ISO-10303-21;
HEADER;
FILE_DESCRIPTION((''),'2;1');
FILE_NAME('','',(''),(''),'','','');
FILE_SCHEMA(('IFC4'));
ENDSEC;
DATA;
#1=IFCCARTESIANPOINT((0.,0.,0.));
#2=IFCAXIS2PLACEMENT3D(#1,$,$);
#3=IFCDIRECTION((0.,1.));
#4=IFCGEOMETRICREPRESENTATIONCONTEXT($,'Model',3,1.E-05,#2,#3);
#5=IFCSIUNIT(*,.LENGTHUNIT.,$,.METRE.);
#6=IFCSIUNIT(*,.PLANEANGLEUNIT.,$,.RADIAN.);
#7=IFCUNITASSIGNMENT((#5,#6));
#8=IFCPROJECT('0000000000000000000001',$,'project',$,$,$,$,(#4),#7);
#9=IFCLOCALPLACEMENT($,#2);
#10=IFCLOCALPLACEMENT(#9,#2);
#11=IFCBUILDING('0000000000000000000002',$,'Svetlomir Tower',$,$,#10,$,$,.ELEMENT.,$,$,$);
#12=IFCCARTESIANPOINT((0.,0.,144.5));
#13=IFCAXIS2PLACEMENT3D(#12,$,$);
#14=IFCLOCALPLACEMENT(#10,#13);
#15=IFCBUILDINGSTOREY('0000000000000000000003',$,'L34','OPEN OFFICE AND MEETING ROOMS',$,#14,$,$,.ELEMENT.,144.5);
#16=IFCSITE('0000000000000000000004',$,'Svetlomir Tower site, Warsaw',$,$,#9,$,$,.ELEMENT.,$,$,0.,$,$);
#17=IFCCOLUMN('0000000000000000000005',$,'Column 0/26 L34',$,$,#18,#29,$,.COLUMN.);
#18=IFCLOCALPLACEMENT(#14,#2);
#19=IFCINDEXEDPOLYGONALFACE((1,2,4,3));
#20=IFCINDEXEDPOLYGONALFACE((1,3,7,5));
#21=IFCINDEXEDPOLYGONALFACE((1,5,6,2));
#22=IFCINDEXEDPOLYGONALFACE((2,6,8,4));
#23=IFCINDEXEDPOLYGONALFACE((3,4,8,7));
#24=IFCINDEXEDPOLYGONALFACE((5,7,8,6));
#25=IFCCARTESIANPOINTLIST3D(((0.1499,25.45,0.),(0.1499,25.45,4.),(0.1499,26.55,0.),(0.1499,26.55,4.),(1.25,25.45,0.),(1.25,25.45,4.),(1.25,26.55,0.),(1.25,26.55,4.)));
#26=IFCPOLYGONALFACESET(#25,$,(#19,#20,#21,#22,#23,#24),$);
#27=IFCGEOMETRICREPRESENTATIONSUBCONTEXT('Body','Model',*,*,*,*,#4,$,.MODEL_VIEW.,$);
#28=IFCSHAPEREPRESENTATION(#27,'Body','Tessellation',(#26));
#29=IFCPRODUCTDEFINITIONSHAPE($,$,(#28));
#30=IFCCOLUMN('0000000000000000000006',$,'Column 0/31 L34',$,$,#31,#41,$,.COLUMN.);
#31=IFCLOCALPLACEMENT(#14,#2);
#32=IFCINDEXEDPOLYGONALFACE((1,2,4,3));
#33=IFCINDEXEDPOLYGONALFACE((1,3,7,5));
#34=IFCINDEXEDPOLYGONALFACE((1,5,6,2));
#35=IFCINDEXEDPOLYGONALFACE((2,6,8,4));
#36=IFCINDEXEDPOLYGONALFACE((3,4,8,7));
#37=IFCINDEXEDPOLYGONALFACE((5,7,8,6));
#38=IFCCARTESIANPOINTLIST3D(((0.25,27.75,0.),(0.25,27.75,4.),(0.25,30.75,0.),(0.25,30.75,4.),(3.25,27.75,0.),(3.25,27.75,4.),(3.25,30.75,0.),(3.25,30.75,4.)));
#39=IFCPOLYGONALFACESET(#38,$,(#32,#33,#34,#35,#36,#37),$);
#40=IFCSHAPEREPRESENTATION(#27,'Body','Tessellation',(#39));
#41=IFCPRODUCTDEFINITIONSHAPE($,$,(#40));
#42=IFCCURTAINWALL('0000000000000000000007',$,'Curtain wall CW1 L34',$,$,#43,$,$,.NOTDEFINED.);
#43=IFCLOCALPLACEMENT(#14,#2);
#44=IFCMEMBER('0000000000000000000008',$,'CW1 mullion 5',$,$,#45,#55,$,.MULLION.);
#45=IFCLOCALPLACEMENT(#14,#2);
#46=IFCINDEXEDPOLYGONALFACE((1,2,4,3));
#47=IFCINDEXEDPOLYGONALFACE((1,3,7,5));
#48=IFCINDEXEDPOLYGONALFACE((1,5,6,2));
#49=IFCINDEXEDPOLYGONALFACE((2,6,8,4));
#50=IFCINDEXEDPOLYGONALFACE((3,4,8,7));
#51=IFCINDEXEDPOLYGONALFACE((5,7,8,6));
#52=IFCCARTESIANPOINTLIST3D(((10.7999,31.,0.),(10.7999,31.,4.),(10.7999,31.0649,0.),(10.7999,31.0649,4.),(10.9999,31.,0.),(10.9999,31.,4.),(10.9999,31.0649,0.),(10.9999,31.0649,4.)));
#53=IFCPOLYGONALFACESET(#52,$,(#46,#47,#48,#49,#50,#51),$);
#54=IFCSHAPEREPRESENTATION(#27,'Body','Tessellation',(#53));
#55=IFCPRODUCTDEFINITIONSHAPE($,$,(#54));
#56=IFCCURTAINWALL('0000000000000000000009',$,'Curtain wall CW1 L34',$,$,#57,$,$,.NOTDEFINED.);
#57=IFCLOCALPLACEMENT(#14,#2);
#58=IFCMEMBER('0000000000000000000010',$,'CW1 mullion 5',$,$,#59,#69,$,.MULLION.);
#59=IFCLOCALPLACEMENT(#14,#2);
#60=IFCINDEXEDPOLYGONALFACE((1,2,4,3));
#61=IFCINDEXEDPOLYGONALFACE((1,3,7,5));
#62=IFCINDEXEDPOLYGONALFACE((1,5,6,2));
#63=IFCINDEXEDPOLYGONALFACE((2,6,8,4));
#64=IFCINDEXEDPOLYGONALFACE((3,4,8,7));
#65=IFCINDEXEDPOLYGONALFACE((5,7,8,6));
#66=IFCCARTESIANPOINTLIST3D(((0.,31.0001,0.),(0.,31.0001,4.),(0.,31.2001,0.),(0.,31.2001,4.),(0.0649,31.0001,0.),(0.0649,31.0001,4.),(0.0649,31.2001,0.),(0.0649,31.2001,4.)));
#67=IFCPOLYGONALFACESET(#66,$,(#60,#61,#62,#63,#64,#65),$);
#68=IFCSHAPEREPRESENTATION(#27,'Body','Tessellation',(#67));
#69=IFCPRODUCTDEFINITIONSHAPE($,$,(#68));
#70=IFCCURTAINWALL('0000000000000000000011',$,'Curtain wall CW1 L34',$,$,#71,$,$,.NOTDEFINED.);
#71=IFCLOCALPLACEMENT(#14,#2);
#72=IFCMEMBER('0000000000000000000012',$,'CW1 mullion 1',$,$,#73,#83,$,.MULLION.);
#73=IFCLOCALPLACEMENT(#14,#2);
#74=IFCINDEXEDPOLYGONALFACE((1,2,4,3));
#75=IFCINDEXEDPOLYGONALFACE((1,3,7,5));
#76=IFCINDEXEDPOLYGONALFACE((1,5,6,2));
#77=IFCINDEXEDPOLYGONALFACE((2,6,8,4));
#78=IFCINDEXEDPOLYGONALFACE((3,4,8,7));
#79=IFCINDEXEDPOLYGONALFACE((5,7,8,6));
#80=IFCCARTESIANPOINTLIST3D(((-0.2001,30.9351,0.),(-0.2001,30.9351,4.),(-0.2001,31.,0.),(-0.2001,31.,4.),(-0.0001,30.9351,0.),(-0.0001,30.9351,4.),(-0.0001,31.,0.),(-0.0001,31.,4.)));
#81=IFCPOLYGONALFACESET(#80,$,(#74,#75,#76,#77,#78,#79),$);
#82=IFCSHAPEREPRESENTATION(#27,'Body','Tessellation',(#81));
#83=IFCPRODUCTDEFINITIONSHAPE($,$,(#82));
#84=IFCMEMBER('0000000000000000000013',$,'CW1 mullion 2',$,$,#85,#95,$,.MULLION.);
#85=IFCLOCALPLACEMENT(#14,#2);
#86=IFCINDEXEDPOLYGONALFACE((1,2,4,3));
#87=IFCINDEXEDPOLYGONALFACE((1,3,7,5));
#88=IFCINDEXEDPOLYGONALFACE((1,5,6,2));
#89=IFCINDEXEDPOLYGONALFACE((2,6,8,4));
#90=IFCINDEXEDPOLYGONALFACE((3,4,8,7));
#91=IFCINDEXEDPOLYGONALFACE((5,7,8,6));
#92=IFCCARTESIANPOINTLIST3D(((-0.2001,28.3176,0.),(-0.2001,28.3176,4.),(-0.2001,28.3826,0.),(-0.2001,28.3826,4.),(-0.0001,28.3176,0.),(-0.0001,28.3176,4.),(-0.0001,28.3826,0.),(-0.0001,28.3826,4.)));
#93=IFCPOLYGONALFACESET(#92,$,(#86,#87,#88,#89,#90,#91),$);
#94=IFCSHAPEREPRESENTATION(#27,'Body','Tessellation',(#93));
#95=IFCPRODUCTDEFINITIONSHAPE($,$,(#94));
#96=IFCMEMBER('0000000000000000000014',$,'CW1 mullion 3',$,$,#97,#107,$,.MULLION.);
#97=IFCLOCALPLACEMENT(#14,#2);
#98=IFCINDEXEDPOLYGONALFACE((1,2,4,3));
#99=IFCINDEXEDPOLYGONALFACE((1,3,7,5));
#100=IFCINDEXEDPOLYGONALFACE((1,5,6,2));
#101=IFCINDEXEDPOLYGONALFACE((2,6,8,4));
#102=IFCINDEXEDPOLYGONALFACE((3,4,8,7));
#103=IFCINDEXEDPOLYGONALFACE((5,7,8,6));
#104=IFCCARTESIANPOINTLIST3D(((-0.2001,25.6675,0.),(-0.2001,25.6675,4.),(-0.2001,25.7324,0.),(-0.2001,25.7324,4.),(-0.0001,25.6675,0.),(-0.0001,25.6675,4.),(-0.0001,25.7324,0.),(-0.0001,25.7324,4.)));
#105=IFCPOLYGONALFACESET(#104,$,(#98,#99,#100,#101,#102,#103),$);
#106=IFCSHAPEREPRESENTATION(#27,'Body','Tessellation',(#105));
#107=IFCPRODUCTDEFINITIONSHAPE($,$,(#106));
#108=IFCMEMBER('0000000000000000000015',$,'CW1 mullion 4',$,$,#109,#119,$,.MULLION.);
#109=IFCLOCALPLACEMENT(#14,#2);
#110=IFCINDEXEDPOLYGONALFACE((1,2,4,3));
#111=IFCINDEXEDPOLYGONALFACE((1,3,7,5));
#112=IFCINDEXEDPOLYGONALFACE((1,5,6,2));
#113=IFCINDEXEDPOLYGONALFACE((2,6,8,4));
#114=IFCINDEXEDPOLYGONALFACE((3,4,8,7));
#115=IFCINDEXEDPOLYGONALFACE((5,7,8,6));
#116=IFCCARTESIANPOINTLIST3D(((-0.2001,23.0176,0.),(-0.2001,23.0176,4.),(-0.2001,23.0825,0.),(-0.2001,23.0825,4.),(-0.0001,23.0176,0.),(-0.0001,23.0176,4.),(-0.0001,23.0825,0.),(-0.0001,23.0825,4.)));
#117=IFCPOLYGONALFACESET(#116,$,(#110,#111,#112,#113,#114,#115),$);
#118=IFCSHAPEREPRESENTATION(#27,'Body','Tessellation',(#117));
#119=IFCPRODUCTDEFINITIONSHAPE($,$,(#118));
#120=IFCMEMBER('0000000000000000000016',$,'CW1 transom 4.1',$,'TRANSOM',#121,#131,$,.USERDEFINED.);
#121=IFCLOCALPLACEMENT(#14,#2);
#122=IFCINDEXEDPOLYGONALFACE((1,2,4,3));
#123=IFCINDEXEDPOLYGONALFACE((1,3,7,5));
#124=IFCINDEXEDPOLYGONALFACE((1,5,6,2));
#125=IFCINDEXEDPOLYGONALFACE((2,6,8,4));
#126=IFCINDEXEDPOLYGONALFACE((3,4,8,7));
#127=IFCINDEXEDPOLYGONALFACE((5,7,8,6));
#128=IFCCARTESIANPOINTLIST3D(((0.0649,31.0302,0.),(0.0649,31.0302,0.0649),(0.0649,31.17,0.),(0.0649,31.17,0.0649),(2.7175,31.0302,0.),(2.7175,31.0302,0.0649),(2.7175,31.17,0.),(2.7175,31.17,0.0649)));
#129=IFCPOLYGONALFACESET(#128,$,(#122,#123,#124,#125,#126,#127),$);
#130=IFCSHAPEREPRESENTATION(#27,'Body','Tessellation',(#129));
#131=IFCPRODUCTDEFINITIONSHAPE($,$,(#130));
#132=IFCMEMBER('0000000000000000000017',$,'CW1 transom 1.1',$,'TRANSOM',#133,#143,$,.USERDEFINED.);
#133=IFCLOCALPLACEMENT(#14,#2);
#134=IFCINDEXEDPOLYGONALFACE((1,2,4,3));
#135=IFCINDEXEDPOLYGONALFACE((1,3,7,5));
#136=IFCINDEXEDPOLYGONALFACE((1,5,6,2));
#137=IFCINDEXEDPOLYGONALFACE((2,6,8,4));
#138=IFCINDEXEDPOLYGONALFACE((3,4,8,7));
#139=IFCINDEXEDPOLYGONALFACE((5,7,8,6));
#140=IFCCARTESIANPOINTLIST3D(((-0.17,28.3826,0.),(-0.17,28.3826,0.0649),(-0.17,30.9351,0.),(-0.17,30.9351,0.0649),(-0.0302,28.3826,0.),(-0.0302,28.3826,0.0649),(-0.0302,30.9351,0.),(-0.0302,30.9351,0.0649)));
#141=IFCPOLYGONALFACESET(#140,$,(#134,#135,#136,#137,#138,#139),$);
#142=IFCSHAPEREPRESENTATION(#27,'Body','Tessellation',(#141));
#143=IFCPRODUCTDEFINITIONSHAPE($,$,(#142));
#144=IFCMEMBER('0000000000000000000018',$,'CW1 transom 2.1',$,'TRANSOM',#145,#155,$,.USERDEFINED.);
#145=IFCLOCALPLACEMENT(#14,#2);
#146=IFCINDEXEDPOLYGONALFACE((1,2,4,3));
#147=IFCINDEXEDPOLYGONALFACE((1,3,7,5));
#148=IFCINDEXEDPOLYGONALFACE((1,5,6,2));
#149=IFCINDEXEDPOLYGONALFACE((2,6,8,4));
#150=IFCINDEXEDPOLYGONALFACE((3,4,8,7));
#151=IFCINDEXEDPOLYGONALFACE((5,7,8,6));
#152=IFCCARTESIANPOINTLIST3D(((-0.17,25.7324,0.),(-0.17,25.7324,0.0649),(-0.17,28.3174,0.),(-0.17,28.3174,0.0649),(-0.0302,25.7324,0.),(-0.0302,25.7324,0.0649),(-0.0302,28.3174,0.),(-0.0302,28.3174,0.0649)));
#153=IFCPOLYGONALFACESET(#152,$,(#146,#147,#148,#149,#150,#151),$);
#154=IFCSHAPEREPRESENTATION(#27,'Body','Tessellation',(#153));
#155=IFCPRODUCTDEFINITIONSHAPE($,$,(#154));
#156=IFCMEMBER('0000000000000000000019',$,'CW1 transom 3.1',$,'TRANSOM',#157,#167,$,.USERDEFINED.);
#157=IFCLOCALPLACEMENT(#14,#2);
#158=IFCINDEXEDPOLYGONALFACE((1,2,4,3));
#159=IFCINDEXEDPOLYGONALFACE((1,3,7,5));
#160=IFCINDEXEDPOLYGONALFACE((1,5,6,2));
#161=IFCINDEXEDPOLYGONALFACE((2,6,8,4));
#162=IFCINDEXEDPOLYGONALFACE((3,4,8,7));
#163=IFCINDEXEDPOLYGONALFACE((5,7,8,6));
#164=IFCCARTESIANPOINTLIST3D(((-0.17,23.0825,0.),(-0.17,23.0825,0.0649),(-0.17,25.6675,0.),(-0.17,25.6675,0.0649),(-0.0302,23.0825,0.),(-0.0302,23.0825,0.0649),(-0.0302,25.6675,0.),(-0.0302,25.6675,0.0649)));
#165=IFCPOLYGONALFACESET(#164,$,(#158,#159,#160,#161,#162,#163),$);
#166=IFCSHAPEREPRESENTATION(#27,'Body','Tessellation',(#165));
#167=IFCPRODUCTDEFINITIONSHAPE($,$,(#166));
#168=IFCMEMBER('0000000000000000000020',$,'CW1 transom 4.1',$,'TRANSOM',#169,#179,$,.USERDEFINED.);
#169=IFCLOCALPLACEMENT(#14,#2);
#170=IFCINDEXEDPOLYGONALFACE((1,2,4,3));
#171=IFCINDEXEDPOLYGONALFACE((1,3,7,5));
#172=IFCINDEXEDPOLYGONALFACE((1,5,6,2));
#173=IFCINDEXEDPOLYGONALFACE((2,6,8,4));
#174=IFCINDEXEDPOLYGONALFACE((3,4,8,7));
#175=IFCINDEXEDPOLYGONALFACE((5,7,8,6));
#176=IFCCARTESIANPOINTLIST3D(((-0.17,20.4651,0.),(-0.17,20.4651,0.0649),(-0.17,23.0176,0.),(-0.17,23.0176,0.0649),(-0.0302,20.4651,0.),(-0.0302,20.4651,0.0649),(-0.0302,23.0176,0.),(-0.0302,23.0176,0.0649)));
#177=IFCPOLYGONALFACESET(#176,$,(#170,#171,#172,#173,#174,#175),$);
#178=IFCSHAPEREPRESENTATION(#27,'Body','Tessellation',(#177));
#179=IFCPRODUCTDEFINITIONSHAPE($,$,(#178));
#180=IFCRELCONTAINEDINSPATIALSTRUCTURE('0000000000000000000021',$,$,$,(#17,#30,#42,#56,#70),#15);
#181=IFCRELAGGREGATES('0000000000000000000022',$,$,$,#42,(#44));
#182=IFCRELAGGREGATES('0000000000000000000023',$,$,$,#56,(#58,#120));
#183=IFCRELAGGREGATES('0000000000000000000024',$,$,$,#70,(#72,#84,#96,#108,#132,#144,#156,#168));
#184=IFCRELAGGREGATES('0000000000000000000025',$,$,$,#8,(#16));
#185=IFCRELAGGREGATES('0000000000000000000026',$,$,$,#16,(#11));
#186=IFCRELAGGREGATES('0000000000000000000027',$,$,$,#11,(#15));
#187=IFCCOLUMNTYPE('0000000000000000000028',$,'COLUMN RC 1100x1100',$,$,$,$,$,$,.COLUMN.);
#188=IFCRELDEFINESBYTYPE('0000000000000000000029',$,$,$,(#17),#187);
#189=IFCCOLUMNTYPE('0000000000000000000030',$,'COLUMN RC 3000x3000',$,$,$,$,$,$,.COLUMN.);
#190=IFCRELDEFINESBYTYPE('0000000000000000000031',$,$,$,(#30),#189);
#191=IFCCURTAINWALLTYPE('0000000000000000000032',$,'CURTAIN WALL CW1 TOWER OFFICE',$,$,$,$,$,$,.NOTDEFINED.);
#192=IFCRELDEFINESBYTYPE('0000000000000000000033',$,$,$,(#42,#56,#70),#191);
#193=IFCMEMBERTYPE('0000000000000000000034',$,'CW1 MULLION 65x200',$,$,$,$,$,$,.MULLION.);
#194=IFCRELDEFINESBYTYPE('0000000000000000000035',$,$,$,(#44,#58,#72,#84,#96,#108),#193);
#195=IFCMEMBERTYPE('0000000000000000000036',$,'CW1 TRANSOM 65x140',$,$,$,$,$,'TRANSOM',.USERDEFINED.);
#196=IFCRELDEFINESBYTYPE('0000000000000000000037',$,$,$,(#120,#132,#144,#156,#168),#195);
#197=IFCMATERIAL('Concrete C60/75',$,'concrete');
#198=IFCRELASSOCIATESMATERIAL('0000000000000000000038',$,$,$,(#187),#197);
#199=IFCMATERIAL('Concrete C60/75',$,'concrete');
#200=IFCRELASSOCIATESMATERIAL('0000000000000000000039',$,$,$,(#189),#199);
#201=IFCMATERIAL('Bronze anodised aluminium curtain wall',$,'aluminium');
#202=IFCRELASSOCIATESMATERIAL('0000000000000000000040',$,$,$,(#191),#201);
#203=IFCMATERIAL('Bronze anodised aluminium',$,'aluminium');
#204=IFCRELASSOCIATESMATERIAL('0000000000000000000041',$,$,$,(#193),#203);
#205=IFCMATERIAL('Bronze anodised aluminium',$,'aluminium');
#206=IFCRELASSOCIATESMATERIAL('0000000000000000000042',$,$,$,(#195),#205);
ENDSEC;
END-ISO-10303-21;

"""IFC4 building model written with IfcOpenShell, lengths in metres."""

from ifc_helpers import new_model, si_unit, direction, frame, origin, origin_2d, place, context, subcontext, project, spatial, rectangle, extrude, material, material_profile, profile_set, type_object, element, aggregate, save


model = new_model("IFC4")

# Units and contexts
model_context = context("Model", 3, precision=1e-05, world=origin(), true_north=direction((0.0, 1.0)))
body_context = subcontext(model_context, "Body", "Model", "MODEL_VIEW")
ifc_project = project(units=[si_unit("LENGTHUNIT", "METRE"), si_unit("PLANEANGLEUNIT", "RADIAN")], contexts=[model_context])

# Site, building, storey
site_placement = place(None, origin())
site = spatial("IfcSite", under=ifc_project, at=site_placement, Name="Svetlomir Tower site, Warsaw", CompositionType="ELEMENT", RefElevation=0.0)
building_placement = place(site_placement, origin())
building = spatial("IfcBuilding", under=site, at=building_placement, Name="Svetlomir Tower", CompositionType="ELEMENT")
storey_placement = place(building_placement, frame((0.0, 0.0, 144.5)))
storey = spatial("IfcBuildingStorey", under=building, at=storey_placement, Name="L34", Description="OPEN OFFICE AND MEETING ROOMS", CompositionType="ELEMENT", Elevation=144.5)

# Columns
ifc_material_1 = material(Name="Concrete C60/75", Category="concrete")
ifc_material_profile_1 = material_profile(ifc_material_1, rectangle(XDim=1.1001, YDim=1.1001, at=origin_2d()), Name="RC 1100x1100")
ifc_profile_set_1 = profile_set([ifc_material_profile_1], Name="Concrete C60/75")
column_type_1 = type_object("IfcColumnType", Name="COLUMN RC 1100x1100", PredefinedType="COLUMN", material=ifc_profile_set_1)
column_1_placement = place(storey_placement, frame((0.7, 26.0, 0.0), z_axis=(0.0, 0.0, 1.0), x_axis=(1.0, 0.0, 0.0)))
element("IfcColumn", 1, at=column_1_placement, inside=storey, type_object=column_type_1, Name="Column 0/26 L34", PredefinedType="COLUMN", context=body_context, shape_type="SweptSolid", body=[
    extrude(rectangle(XDim=1.1001, YDim=1.1001, at=origin_2d()), origin(), (0.0, 0.0, 1.0), 4.0),
])
ifc_material_2 = material(Name="Concrete C60/75", Category="concrete")
ifc_material_profile_2 = material_profile(ifc_material_2, rectangle(XDim=3.0, YDim=3.0, at=origin_2d()), Name="RC 3000x3000")
ifc_profile_set_2 = profile_set([ifc_material_profile_2], Name="Concrete C60/75")
column_type_2 = type_object("IfcColumnType", Name="COLUMN RC 3000x3000", PredefinedType="COLUMN", material=ifc_profile_set_2)
column_2_placement = place(storey_placement, frame((1.75, 29.25, 0.0), z_axis=(0.0, 0.0, 1.0), x_axis=(1.0, 0.0, 0.0)))
element("IfcColumn", 2, at=column_2_placement, inside=storey, type_object=column_type_2, Name="Column 0/31 L34", PredefinedType="COLUMN", context=body_context, shape_type="SweptSolid", body=[
    extrude(rectangle(XDim=3.0, YDim=3.0, at=origin_2d()), origin(), (0.0, 0.0, 1.0), 4.0),
])

# Curtain walls, members
ifc_material_3 = material(Name="Bronze anodised aluminium curtain wall", Category="aluminium")
curtain_wall_type = type_object("IfcCurtainWallType", Name="CURTAIN WALL CW1 TOWER OFFICE", PredefinedType="NOTDEFINED", material=ifc_material_3)
curtain_wall_1_placement = place(storey_placement, origin())
curtain_wall_1 = element("IfcCurtainWall", 3, at=curtain_wall_1_placement, inside=storey, type_object=curtain_wall_type, Name="Curtain wall CW1 L34", PredefinedType="NOTDEFINED")
ifc_material_4 = material(Name="Bronze anodised aluminium", Category="aluminium")
ifc_material_profile_3 = material_profile(ifc_material_4, rectangle(XDim=0.0649, YDim=0.2, at=origin_2d()), Name="AL 65x200")
ifc_profile_set_3 = profile_set([ifc_material_profile_3], Name="Bronze anodised aluminium 6063-T6")
member_type_1 = type_object("IfcMemberType", Name="CW1 MULLION 65x200", PredefinedType="MULLION", material=ifc_profile_set_3)
member_1_placement = place(storey_placement, frame((10.8999, 31.0325, 0.0), z_axis=(0.0, 0.0, 1.0), x_axis=(0.0, -1.0, 0.0)))
member_1 = element("IfcMember", 4, at=member_1_placement, type_object=member_type_1, Name="CW1 mullion 5", PredefinedType="MULLION", context=body_context, shape_type="SweptSolid", body=[
    extrude(rectangle(XDim=0.0649, YDim=0.2, at=origin_2d()), origin(), (0.0, 0.0, 1.0), 4.0),
])
aggregate(curtain_wall_1, [member_1])
curtain_wall_2_placement = place(storey_placement, origin())
curtain_wall_2 = element("IfcCurtainWall", 5, at=curtain_wall_2_placement, inside=storey, type_object=curtain_wall_type, Name="Curtain wall CW1 L34", PredefinedType="NOTDEFINED")
member_2_placement = place(storey_placement, frame((0.0325, 31.1001, 0.0), z_axis=(0.0, 0.0, 1.0), x_axis=(-1.0, 0.0, 0.0)))
member_2 = element("IfcMember", 6, at=member_2_placement, type_object=member_type_1, Name="CW1 mullion 5", PredefinedType="MULLION", context=body_context, shape_type="SweptSolid", body=[
    extrude(rectangle(XDim=0.0649, YDim=0.2, at=origin_2d()), origin(), (0.0, 0.0, 1.0), 4.0),
])

# Curtain wall, members
curtain_wall_3_placement = place(storey_placement, origin())
curtain_wall_3 = element("IfcCurtainWall", 7, at=curtain_wall_3_placement, inside=storey, type_object=curtain_wall_type, Name="Curtain wall CW1 L34", PredefinedType="NOTDEFINED")
member_3_placement = place(storey_placement, frame((-0.1001, 30.9675, 0.0), z_axis=(0.0, 0.0, 1.0), x_axis=(0.0, -1.0, 0.0)))
member_3 = element("IfcMember", 8, at=member_3_placement, type_object=member_type_1, Name="CW1 mullion 1", PredefinedType="MULLION", context=body_context, shape_type="SweptSolid", body=[
    extrude(rectangle(XDim=0.0649, YDim=0.2, at=origin_2d()), origin(), (0.0, 0.0, 1.0), 4.0),
])
member_4_placement = place(storey_placement, frame((-0.1001, 28.3501, 0.0), z_axis=(0.0, 0.0, 1.0), x_axis=(0.0, -1.0, 0.0)))
member_4 = element("IfcMember", 9, at=member_4_placement, type_object=member_type_1, Name="CW1 mullion 2", PredefinedType="MULLION", context=body_context, shape_type="SweptSolid", body=[
    extrude(rectangle(XDim=0.0649, YDim=0.2, at=origin_2d()), origin(), (0.0, 0.0, 1.0), 4.0),
])
member_5_placement = place(storey_placement, frame((-0.1001, 25.7, 0.0), z_axis=(0.0, 0.0, 1.0), x_axis=(0.0, -1.0, 0.0)))
member_5 = element("IfcMember", 10, at=member_5_placement, type_object=member_type_1, Name="CW1 mullion 3", PredefinedType="MULLION", context=body_context, shape_type="SweptSolid", body=[
    extrude(rectangle(XDim=0.0649, YDim=0.2, at=origin_2d()), origin(), (0.0, 0.0, 1.0), 4.0),
])
member_6_placement = place(storey_placement, frame((-0.1001, 23.05, 0.0), z_axis=(0.0, 0.0, 1.0), x_axis=(0.0, -1.0, 0.0)))
member_6 = element("IfcMember", 11, at=member_6_placement, type_object=member_type_1, Name="CW1 mullion 4", PredefinedType="MULLION", context=body_context, shape_type="SweptSolid", body=[
    extrude(rectangle(XDim=0.0649, YDim=0.2, at=origin_2d()), origin(), (0.0, 0.0, 1.0), 4.0),
])

# Members
ifc_material_5 = material(Name="Bronze anodised aluminium", Category="aluminium")
ifc_material_profile_4 = material_profile(ifc_material_5, rectangle(XDim=0.1399, YDim=0.0649, at=origin_2d()), Name="AL 140x65")
ifc_profile_set_4 = profile_set([ifc_material_profile_4], Name="Bronze anodised aluminium 6063-T6")
member_type_2 = type_object("IfcMemberType", Name="CW1 TRANSOM 65x140", ElementType="TRANSOM", PredefinedType="USERDEFINED", material=ifc_profile_set_4)
member_7_placement = place(storey_placement, frame((2.7175, 31.1001, 0.0325), z_axis=(-1.0, 0.0, 0.0), x_axis=(0.0, -1.0, 0.0)))
member_7 = element("IfcMember", 12, at=member_7_placement, type_object=member_type_2, Name="CW1 transom 4.1", ObjectType="TRANSOM", PredefinedType="USERDEFINED", context=body_context, shape_type="SweptSolid", body=[
    extrude(rectangle(XDim=0.1399, YDim=0.0649, at=origin_2d()), origin(), (0.0, 0.0, 1.0), 2.6526),
])
member_8_placement = place(storey_placement, frame((-0.1001, 30.9351, 0.0325), z_axis=(0.0, -1.0, 0.0), x_axis=(1.0, 0.0, 0.0)))
member_8 = element("IfcMember", 13, at=member_8_placement, type_object=member_type_2, Name="CW1 transom 1.1", ObjectType="TRANSOM", PredefinedType="USERDEFINED", context=body_context, shape_type="SweptSolid", body=[
    extrude(rectangle(XDim=0.1399, YDim=0.0649, at=origin_2d()), origin(), (0.0, 0.0, 1.0), 2.5525),
])
member_9_placement = place(storey_placement, frame((-0.1001, 28.3174, 0.0325), z_axis=(0.0, -1.0, 0.0), x_axis=(1.0, 0.0, 0.0)))
member_9 = element("IfcMember", 14, at=member_9_placement, type_object=member_type_2, Name="CW1 transom 2.1", ObjectType="TRANSOM", PredefinedType="USERDEFINED", context=body_context, shape_type="SweptSolid", body=[
    extrude(rectangle(XDim=0.1399, YDim=0.0649, at=origin_2d()), origin(), (0.0, 0.0, 1.0), 2.585),
])
member_10_placement = place(storey_placement, frame((-0.1001, 25.6675, 0.0325), z_axis=(0.0, -1.0, 0.0), x_axis=(1.0, 0.0, 0.0)))
member_10 = element("IfcMember", 15, at=member_10_placement, type_object=member_type_2, Name="CW1 transom 3.1", ObjectType="TRANSOM", PredefinedType="USERDEFINED", context=body_context, shape_type="SweptSolid", body=[
    extrude(rectangle(XDim=0.1399, YDim=0.0649, at=origin_2d()), origin(), (0.0, 0.0, 1.0), 2.585),
])
member_11_placement = place(storey_placement, frame((-0.1001, 23.0176, 0.0325), z_axis=(0.0, -1.0, 0.0), x_axis=(1.0, 0.0, 0.0)))
member_11 = element("IfcMember", 16, at=member_11_placement, type_object=member_type_2, Name="CW1 transom 4.1", ObjectType="TRANSOM", PredefinedType="USERDEFINED", context=body_context, shape_type="SweptSolid", body=[
    extrude(rectangle(XDim=0.1399, YDim=0.0649, at=origin_2d()), origin(), (0.0, 0.0, 1.0), 2.5525),
])

aggregate(curtain_wall_2, [member_2, member_7])
aggregate(curtain_wall_3, [member_3, member_4, member_5, member_6, member_8, member_9, member_10, member_11])

save(model, "model.ifc")
